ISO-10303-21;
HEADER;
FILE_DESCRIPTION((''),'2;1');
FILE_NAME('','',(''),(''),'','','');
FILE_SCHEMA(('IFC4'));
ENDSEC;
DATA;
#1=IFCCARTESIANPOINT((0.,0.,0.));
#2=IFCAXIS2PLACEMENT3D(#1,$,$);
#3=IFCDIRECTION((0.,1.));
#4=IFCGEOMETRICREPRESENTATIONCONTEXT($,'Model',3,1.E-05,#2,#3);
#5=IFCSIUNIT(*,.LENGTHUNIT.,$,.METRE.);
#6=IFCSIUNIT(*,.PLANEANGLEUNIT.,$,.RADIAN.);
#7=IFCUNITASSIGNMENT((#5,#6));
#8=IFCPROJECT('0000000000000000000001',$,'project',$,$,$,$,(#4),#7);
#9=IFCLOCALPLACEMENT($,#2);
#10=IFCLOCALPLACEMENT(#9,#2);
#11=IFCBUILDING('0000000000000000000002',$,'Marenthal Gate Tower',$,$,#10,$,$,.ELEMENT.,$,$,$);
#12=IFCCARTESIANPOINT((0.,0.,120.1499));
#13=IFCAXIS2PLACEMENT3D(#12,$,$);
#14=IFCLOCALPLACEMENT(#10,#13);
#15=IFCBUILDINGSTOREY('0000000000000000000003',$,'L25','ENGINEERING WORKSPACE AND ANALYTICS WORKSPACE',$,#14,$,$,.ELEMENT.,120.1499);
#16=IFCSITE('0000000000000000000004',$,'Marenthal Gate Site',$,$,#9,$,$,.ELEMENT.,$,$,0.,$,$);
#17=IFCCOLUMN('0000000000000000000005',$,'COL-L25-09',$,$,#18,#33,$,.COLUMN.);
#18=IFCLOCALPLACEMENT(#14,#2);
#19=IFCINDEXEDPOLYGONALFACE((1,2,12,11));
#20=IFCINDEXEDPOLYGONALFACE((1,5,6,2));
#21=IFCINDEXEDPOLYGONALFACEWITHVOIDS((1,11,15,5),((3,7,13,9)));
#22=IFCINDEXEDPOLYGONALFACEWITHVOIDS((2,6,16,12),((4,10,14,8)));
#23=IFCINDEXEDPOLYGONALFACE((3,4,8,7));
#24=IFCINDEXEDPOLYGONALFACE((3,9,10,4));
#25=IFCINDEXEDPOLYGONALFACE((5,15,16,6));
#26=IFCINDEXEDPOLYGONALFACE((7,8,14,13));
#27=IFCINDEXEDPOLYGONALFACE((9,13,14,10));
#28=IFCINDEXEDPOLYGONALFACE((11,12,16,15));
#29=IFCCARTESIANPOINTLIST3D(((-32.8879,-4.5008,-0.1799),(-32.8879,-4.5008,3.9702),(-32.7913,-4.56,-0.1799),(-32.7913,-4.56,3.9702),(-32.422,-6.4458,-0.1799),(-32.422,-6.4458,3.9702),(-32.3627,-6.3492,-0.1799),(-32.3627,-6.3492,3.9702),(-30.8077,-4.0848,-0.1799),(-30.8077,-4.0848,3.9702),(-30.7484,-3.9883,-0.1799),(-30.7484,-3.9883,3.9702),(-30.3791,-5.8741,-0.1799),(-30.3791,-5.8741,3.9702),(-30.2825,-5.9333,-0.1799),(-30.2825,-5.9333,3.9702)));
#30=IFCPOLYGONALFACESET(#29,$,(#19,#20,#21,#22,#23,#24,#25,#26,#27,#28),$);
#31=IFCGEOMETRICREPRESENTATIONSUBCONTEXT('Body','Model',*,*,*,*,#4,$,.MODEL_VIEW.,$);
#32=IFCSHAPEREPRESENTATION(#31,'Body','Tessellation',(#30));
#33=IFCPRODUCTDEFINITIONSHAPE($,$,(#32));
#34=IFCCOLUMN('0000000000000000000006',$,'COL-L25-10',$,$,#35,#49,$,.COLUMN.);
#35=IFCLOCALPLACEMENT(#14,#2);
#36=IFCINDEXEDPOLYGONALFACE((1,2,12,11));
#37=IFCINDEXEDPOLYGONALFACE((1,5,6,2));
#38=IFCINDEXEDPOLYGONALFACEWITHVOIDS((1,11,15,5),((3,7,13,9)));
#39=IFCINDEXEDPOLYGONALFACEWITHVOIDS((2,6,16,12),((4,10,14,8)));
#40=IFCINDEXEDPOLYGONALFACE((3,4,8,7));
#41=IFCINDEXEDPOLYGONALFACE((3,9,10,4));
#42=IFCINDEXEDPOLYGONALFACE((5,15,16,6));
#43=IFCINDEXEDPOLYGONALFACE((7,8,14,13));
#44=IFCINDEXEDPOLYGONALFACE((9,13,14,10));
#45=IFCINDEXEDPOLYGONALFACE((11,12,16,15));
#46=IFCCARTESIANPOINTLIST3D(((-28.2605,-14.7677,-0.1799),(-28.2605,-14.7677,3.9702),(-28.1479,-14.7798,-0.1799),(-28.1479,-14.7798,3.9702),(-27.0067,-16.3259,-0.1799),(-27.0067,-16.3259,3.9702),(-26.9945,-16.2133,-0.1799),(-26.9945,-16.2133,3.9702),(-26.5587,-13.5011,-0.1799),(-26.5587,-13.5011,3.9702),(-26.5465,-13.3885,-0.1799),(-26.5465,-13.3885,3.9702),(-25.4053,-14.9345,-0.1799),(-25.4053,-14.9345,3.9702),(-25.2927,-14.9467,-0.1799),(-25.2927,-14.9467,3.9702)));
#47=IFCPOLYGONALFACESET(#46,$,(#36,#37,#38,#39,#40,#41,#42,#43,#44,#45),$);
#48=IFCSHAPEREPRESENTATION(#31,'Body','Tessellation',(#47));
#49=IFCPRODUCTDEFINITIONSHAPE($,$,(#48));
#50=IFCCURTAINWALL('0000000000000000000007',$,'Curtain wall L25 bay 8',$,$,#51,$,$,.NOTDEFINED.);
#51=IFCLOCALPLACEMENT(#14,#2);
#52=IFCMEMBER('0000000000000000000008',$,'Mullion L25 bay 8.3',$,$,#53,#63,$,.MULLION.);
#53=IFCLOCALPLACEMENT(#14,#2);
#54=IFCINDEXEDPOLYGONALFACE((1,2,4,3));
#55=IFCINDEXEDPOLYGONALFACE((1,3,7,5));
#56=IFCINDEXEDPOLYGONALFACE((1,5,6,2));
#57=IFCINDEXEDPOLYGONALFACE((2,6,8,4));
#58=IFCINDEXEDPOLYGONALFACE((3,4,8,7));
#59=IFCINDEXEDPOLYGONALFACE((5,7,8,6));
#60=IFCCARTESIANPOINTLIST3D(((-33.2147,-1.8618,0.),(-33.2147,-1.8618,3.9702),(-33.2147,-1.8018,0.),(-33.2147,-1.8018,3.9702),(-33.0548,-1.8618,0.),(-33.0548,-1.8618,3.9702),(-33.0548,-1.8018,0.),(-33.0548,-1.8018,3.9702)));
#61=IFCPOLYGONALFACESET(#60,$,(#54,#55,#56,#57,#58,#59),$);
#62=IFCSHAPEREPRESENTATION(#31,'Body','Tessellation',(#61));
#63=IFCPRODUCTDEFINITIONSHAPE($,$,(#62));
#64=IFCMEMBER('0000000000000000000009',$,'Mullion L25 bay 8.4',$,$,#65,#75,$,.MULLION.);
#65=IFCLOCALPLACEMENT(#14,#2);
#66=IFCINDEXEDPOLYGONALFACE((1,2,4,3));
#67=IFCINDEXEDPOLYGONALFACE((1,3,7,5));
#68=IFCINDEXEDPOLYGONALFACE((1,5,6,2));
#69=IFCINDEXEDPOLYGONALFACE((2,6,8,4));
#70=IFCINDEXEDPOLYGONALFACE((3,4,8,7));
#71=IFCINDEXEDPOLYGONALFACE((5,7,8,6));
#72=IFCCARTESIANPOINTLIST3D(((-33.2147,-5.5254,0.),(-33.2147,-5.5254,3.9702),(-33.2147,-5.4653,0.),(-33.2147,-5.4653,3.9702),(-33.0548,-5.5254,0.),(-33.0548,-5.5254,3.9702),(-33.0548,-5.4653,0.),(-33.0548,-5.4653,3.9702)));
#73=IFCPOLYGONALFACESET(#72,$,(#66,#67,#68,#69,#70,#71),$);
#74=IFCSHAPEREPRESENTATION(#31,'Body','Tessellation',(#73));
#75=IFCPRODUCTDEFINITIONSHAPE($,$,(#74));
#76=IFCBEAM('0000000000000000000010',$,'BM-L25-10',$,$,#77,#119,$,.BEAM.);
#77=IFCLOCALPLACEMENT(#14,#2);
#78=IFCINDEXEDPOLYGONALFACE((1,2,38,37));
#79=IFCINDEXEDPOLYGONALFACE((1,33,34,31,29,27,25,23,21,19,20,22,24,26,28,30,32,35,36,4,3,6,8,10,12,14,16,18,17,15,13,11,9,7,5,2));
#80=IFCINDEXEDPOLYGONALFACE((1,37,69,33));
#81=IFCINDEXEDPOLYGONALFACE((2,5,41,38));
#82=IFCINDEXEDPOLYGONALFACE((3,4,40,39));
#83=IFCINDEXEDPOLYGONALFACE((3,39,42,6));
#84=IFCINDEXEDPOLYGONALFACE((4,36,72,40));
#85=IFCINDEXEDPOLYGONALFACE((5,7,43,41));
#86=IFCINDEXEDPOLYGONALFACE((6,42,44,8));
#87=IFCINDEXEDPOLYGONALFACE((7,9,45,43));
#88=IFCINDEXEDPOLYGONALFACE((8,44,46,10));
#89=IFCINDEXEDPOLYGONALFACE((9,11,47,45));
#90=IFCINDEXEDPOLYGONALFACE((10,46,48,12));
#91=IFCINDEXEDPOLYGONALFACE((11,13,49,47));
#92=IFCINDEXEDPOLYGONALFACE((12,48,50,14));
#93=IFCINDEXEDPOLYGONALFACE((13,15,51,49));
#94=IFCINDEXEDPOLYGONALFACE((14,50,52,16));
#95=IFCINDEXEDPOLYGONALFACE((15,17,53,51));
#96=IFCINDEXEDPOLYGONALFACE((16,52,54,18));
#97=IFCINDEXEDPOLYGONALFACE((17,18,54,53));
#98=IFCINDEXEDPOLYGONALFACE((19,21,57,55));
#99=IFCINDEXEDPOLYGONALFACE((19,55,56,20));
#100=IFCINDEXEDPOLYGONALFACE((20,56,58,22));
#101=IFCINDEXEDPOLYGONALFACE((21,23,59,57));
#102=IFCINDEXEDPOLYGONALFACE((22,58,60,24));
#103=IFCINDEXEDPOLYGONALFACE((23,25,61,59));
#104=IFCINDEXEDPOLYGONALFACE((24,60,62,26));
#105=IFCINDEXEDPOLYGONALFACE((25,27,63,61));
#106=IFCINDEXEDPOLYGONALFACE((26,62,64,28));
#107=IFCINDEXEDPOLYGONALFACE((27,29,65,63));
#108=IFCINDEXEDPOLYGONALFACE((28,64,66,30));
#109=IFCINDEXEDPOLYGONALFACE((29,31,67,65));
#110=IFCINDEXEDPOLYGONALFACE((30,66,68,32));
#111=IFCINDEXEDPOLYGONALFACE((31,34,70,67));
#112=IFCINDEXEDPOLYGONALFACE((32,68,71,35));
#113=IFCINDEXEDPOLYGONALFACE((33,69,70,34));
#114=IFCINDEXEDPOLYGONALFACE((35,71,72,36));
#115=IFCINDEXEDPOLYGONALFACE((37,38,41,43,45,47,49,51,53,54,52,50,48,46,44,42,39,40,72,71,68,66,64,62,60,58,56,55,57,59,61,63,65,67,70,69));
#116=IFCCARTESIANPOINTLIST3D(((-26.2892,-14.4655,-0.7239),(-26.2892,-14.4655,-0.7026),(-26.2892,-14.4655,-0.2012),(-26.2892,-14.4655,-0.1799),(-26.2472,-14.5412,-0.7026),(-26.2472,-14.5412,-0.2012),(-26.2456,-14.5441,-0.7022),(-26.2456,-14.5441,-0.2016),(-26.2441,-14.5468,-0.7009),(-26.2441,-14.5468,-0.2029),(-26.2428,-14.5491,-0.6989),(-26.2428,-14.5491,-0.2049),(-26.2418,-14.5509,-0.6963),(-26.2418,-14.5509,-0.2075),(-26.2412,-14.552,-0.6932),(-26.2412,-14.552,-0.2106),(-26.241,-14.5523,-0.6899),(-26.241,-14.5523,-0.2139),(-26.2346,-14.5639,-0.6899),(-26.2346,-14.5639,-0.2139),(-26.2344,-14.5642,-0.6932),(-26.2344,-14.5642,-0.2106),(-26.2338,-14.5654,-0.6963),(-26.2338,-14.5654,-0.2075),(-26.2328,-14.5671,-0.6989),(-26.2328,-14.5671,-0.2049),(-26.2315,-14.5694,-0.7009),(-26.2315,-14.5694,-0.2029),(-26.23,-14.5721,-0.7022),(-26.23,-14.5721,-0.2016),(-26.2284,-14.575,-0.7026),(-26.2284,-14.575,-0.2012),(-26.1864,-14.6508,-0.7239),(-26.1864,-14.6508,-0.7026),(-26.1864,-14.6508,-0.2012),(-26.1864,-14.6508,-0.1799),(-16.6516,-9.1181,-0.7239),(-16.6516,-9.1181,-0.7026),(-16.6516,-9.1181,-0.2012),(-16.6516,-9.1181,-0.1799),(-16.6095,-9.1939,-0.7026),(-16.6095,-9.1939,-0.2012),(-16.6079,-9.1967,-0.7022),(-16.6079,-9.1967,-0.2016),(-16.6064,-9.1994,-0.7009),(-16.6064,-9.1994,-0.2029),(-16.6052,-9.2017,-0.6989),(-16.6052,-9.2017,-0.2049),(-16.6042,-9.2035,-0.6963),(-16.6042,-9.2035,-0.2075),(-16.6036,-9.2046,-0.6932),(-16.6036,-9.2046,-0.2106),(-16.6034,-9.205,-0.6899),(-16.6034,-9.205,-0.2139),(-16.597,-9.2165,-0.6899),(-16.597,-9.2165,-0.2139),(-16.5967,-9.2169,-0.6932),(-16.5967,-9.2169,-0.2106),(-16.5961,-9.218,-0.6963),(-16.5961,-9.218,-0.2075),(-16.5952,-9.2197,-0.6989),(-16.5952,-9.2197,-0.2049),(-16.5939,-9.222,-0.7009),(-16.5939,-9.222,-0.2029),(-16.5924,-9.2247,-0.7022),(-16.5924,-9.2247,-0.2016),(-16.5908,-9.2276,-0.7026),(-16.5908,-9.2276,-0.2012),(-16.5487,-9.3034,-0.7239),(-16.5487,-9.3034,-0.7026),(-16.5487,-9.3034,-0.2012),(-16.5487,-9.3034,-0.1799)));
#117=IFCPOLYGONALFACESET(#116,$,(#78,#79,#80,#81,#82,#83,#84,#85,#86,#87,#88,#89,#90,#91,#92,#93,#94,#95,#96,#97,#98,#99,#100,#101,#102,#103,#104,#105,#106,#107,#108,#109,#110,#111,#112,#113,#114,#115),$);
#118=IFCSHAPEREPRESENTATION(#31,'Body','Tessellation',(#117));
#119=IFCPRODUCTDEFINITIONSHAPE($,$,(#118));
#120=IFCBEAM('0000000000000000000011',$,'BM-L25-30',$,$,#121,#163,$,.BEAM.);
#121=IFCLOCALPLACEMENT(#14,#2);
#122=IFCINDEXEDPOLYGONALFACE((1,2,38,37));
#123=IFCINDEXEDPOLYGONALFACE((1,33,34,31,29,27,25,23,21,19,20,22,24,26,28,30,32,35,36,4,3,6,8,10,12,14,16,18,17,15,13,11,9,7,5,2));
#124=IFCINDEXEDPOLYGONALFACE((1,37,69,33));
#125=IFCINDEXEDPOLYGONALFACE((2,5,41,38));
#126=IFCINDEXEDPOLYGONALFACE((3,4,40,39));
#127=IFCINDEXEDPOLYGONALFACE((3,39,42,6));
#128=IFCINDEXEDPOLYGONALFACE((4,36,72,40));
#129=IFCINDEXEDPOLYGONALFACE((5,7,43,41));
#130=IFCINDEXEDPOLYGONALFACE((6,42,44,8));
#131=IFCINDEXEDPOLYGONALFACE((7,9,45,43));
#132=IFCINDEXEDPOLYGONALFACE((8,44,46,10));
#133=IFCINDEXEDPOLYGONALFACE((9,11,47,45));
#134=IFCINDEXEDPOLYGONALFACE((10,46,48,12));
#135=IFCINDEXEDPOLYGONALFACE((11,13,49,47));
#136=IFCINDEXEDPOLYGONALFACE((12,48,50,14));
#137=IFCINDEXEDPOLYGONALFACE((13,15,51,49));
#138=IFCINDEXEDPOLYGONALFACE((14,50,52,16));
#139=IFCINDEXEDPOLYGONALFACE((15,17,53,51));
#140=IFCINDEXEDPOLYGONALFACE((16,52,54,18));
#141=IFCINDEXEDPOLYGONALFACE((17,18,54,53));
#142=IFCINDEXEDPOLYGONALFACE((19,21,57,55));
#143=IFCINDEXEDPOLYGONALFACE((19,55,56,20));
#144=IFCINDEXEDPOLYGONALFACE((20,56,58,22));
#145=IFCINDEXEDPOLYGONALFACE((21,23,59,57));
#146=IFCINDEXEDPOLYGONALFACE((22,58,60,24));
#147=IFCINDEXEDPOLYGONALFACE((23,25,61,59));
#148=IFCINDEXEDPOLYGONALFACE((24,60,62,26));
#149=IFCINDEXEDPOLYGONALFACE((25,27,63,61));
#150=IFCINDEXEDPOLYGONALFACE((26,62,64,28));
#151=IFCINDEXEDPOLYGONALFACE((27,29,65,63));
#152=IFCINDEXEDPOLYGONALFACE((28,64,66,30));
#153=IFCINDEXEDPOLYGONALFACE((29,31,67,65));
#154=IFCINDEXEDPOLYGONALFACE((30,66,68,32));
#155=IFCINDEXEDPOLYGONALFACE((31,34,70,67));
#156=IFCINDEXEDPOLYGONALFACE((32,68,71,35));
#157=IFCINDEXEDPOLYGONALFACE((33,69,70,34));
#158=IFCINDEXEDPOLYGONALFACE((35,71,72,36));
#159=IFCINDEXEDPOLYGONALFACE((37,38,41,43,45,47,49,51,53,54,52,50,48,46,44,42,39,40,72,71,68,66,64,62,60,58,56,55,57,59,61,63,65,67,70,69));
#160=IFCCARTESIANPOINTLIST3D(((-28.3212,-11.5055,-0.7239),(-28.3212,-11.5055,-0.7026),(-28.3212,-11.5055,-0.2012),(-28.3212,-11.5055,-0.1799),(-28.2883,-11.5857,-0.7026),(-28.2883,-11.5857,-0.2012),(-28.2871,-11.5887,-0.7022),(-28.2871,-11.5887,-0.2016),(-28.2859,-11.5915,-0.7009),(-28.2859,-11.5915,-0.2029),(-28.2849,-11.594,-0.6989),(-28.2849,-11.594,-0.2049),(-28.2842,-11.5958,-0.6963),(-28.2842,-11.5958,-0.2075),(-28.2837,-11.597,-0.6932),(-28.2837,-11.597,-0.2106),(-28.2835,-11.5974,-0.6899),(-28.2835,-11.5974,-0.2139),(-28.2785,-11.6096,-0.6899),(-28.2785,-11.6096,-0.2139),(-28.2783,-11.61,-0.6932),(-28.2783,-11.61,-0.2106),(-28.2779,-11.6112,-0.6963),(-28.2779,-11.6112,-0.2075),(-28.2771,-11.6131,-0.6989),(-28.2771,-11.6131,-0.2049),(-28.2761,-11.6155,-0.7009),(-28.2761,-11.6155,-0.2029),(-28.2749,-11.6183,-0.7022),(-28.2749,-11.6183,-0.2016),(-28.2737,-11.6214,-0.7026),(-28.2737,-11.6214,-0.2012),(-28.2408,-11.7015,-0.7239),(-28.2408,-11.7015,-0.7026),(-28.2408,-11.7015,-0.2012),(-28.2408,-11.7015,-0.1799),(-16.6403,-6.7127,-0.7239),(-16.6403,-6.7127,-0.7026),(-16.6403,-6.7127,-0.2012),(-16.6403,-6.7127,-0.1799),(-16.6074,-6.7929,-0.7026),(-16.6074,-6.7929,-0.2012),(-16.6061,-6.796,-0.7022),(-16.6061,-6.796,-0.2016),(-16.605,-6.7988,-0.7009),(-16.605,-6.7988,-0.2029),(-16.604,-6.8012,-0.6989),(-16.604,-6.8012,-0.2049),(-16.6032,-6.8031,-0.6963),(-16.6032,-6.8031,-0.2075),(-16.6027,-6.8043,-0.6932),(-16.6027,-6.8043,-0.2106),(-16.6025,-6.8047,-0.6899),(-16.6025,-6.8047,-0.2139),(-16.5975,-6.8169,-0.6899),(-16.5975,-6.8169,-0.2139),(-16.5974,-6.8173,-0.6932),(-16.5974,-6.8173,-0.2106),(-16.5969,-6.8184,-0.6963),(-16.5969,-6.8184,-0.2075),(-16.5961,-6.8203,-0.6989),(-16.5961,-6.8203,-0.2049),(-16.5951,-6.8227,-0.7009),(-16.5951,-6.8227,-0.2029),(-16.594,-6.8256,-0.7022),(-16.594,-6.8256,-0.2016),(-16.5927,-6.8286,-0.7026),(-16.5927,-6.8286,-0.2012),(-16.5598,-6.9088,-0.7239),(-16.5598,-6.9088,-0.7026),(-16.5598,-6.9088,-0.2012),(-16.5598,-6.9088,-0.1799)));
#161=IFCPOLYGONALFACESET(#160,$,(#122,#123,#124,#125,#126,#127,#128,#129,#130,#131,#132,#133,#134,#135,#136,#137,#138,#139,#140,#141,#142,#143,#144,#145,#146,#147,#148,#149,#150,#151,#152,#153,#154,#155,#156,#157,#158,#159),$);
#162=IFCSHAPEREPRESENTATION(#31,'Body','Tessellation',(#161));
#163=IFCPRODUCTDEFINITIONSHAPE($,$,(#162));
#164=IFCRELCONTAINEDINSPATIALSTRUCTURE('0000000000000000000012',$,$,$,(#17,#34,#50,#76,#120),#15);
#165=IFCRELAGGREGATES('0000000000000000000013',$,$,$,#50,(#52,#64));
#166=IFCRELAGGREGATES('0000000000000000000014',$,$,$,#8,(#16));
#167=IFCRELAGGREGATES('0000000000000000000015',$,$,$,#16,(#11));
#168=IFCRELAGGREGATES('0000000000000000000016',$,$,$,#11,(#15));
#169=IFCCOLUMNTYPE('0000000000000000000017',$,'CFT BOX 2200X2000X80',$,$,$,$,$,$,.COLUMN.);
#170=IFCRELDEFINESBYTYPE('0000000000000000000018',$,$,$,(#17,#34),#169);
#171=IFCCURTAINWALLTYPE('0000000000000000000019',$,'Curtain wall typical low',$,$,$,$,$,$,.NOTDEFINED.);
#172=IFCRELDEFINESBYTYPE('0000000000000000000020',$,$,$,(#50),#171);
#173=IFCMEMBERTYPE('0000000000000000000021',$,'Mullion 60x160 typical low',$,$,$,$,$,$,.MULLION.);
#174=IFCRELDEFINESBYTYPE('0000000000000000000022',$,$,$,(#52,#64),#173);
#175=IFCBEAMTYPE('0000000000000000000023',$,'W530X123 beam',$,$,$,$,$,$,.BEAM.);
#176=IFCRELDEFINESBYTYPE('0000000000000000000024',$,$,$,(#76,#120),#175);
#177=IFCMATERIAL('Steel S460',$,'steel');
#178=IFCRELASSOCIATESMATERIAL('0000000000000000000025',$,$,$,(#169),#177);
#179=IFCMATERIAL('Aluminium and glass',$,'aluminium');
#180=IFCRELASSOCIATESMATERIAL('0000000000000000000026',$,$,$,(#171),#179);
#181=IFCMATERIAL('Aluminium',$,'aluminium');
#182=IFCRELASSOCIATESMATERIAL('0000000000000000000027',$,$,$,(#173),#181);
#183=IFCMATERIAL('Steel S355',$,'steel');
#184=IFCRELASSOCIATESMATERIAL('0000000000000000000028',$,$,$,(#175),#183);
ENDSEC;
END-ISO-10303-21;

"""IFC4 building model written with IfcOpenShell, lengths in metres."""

from ifc_helpers import new_model, si_unit, direction, frame, origin, origin_2d, place, context, subcontext, project, spatial, rectangle, hollow_rectangle, i_section, extrude, material, material_profile, profile_set, type_object, element, aggregate, save


model = new_model("IFC4")

# Units and contexts
model_context = context("Model", 3, precision=1e-05, world=origin(), true_north=direction((0.0, 1.0)))
body_context = subcontext(model_context, "Body", "Model", "MODEL_VIEW")
ifc_project = project(units=[si_unit("LENGTHUNIT", "METRE"), si_unit("PLANEANGLEUNIT", "RADIAN")], contexts=[model_context])

# Site, building, storey
site_placement = place(None, origin())
site = spatial("IfcSite", under=ifc_project, at=site_placement, Name="Marenthal Gate Site", CompositionType="ELEMENT", RefElevation=0.0)
building_placement = place(site_placement, origin())
building = spatial("IfcBuilding", under=site, at=building_placement, Name="Marenthal Gate Tower", CompositionType="ELEMENT")
storey_placement = place(building_placement, frame((0.0, 0.0, 120.1499)))
storey = spatial("IfcBuildingStorey", under=building, at=storey_placement, Name="L25", Description="ENGINEERING WORKSPACE AND ANALYTICS WORKSPACE", CompositionType="ELEMENT", Elevation=120.1499)

# Columns
ifc_material_1 = material(Name="Steel S460", Category="steel")
ifc_material_profile_1 = material_profile(ifc_material_1, hollow_rectangle(XDim=2.0, YDim=2.2, WallThickness=0.0801, at=origin_2d()), Name="CFT BOX 2200X2000X80")
ifc_material_2 = material(Name="Concrete 70 MPa", Category="concrete")
ifc_material_profile_2 = material_profile(ifc_material_2, rectangle(XDim=1.8401, YDim=2.04, at=origin_2d()), Name="CFT BOX 2200X2000X80 INFILL")
ifc_profile_set_1 = profile_set([ifc_material_profile_1, ifc_material_profile_2], Name="Steel S460 shell, Concrete 70 MPa infill")
column_type = type_object("IfcColumnType", Name="CFT BOX 2200X2000X80", PredefinedType="COLUMN", material=ifc_profile_set_1)
for number, where, z_axis, x_axis, name in (
    (1, (-31.5852, -5.217, -0.1799), (0.0, 0.0, 1.0), (-0.23295, 0.972489, 0.0), "COL-L25-09"),
    (2, (-26.7766, -14.8572, -0.1799), (0.0, 0.0, 1.0), (-0.626903, 0.779097, 0.0), "COL-L25-10"),
):
    element("IfcColumn", number, at=place(storey_placement, frame(where, z_axis=z_axis, x_axis=x_axis)), inside=storey, type_object=column_type, Name=name, PredefinedType="COLUMN", context=body_context, shape_type="SweptSolid", body=[
        extrude(hollow_rectangle(XDim=2.0, YDim=2.2, WallThickness=0.0801, at=origin_2d()), origin(), (0.0, 0.0, 1.0), 4.1501),
    ])

# Curtain wall, members
ifc_material_3 = material(Name="Aluminium and glass", Category="aluminium")
curtain_wall_type = type_object("IfcCurtainWallType", Name="Curtain wall typical low", PredefinedType="NOTDEFINED", material=ifc_material_3)
curtain_wall_placement = place(storey_placement, origin())
curtain_wall = element("IfcCurtainWall", 3, at=curtain_wall_placement, inside=storey, type_object=curtain_wall_type, Name="Curtain wall L25 bay 8", PredefinedType="NOTDEFINED")
ifc_material_4 = material(Name="Aluminium", Category="aluminium")
ifc_material_profile_3 = material_profile(ifc_material_4, rectangle(XDim=0.1599, YDim=0.0601, at=origin_2d()), Name="60x160 aluminium mullion")
ifc_profile_set_2 = profile_set([ifc_material_profile_3], Name="Aluminium")
member_type = type_object("IfcMemberType", Name="Mullion 60x160 typical low", PredefinedType="MULLION", material=ifc_profile_set_2)
member_1_placement = place(storey_placement, frame((-33.1348, -1.8318, 0.0), z_axis=(0.0, 0.0, 1.0), x_axis=(1.0, 0.0, 0.0)))
member_1 = element("IfcMember", 4, at=member_1_placement, type_object=member_type, Name="Mullion L25 bay 8.3", PredefinedType="MULLION", context=body_context, shape_type="SweptSolid", body=[
    extrude(rectangle(XDim=0.1599, YDim=0.0601, at=origin_2d()), origin(), (0.0, 0.0, 1.0), 3.9702),
])
member_2_placement = place(storey_placement, frame((-33.1348, -5.4954, 0.0), z_axis=(0.0, 0.0, 1.0), x_axis=(1.0, 0.0, 0.0)))
member_2 = element("IfcMember", 5, at=member_2_placement, type_object=member_type, Name="Mullion L25 bay 8.4", PredefinedType="MULLION", context=body_context, shape_type="SweptSolid", body=[
    extrude(rectangle(XDim=0.1599, YDim=0.0601, at=origin_2d()), origin(), (0.0, 0.0, 1.0), 3.9702),
])

# Beams
ifc_material_5 = material(Name="Steel S355", Category="steel")
ifc_material_profile_4 = material_profile(ifc_material_5, i_section(OverallWidth=0.2119, OverallDepth=0.5439, WebThickness=0.0132, FlangeThickness=0.0212, FilletRadius=0.0127, at=origin_2d()), Name="W530X123")
ifc_profile_set_3 = profile_set([ifc_material_profile_4], Name="Steel S355")
beam_type_1 = type_object("IfcBeamType", Name="W530X123 beam", PredefinedType="BEAM", material=ifc_profile_set_3)
beam_1_placement = place(storey_placement, frame((-26.2378, -14.5581, -0.4519), z_axis=(0.874421, 0.485167, 0.0), x_axis=(-0.485167, 0.874421, 0.0)))
element("IfcBeam", 6, at=beam_1_placement, inside=storey, type_object=beam_type_1, Name="BM-L25-10", PredefinedType="BEAM", context=body_context, shape_type="SweptSolid", body=[
    extrude(i_section(OverallWidth=0.2119, OverallDepth=0.5439, WebThickness=0.0132, FlangeThickness=0.0212, FilletRadius=0.0127, at=origin_2d()), origin(), (0.0, 0.0, 1.0), 11.0217),
])
beam_2_placement = place(storey_placement, frame((-28.281, -11.6035, -0.4519), z_axis=(0.925153, 0.379594, 0.0), x_axis=(-0.379594, 0.925153, 0.0)))
element("IfcBeam", 7, at=beam_2_placement, inside=storey, type_object=beam_type_1, Name="BM-L25-30", PredefinedType="BEAM", context=body_context, shape_type="SweptSolid", body=[
    extrude(i_section(OverallWidth=0.2119, OverallDepth=0.5439, WebThickness=0.0132, FlangeThickness=0.0212, FilletRadius=0.0127, at=origin_2d()), origin(), (0.0, 0.0, 1.0), 12.626),
])

aggregate(curtain_wall, [member_1, member_2])

save(model, "model.ifc")
